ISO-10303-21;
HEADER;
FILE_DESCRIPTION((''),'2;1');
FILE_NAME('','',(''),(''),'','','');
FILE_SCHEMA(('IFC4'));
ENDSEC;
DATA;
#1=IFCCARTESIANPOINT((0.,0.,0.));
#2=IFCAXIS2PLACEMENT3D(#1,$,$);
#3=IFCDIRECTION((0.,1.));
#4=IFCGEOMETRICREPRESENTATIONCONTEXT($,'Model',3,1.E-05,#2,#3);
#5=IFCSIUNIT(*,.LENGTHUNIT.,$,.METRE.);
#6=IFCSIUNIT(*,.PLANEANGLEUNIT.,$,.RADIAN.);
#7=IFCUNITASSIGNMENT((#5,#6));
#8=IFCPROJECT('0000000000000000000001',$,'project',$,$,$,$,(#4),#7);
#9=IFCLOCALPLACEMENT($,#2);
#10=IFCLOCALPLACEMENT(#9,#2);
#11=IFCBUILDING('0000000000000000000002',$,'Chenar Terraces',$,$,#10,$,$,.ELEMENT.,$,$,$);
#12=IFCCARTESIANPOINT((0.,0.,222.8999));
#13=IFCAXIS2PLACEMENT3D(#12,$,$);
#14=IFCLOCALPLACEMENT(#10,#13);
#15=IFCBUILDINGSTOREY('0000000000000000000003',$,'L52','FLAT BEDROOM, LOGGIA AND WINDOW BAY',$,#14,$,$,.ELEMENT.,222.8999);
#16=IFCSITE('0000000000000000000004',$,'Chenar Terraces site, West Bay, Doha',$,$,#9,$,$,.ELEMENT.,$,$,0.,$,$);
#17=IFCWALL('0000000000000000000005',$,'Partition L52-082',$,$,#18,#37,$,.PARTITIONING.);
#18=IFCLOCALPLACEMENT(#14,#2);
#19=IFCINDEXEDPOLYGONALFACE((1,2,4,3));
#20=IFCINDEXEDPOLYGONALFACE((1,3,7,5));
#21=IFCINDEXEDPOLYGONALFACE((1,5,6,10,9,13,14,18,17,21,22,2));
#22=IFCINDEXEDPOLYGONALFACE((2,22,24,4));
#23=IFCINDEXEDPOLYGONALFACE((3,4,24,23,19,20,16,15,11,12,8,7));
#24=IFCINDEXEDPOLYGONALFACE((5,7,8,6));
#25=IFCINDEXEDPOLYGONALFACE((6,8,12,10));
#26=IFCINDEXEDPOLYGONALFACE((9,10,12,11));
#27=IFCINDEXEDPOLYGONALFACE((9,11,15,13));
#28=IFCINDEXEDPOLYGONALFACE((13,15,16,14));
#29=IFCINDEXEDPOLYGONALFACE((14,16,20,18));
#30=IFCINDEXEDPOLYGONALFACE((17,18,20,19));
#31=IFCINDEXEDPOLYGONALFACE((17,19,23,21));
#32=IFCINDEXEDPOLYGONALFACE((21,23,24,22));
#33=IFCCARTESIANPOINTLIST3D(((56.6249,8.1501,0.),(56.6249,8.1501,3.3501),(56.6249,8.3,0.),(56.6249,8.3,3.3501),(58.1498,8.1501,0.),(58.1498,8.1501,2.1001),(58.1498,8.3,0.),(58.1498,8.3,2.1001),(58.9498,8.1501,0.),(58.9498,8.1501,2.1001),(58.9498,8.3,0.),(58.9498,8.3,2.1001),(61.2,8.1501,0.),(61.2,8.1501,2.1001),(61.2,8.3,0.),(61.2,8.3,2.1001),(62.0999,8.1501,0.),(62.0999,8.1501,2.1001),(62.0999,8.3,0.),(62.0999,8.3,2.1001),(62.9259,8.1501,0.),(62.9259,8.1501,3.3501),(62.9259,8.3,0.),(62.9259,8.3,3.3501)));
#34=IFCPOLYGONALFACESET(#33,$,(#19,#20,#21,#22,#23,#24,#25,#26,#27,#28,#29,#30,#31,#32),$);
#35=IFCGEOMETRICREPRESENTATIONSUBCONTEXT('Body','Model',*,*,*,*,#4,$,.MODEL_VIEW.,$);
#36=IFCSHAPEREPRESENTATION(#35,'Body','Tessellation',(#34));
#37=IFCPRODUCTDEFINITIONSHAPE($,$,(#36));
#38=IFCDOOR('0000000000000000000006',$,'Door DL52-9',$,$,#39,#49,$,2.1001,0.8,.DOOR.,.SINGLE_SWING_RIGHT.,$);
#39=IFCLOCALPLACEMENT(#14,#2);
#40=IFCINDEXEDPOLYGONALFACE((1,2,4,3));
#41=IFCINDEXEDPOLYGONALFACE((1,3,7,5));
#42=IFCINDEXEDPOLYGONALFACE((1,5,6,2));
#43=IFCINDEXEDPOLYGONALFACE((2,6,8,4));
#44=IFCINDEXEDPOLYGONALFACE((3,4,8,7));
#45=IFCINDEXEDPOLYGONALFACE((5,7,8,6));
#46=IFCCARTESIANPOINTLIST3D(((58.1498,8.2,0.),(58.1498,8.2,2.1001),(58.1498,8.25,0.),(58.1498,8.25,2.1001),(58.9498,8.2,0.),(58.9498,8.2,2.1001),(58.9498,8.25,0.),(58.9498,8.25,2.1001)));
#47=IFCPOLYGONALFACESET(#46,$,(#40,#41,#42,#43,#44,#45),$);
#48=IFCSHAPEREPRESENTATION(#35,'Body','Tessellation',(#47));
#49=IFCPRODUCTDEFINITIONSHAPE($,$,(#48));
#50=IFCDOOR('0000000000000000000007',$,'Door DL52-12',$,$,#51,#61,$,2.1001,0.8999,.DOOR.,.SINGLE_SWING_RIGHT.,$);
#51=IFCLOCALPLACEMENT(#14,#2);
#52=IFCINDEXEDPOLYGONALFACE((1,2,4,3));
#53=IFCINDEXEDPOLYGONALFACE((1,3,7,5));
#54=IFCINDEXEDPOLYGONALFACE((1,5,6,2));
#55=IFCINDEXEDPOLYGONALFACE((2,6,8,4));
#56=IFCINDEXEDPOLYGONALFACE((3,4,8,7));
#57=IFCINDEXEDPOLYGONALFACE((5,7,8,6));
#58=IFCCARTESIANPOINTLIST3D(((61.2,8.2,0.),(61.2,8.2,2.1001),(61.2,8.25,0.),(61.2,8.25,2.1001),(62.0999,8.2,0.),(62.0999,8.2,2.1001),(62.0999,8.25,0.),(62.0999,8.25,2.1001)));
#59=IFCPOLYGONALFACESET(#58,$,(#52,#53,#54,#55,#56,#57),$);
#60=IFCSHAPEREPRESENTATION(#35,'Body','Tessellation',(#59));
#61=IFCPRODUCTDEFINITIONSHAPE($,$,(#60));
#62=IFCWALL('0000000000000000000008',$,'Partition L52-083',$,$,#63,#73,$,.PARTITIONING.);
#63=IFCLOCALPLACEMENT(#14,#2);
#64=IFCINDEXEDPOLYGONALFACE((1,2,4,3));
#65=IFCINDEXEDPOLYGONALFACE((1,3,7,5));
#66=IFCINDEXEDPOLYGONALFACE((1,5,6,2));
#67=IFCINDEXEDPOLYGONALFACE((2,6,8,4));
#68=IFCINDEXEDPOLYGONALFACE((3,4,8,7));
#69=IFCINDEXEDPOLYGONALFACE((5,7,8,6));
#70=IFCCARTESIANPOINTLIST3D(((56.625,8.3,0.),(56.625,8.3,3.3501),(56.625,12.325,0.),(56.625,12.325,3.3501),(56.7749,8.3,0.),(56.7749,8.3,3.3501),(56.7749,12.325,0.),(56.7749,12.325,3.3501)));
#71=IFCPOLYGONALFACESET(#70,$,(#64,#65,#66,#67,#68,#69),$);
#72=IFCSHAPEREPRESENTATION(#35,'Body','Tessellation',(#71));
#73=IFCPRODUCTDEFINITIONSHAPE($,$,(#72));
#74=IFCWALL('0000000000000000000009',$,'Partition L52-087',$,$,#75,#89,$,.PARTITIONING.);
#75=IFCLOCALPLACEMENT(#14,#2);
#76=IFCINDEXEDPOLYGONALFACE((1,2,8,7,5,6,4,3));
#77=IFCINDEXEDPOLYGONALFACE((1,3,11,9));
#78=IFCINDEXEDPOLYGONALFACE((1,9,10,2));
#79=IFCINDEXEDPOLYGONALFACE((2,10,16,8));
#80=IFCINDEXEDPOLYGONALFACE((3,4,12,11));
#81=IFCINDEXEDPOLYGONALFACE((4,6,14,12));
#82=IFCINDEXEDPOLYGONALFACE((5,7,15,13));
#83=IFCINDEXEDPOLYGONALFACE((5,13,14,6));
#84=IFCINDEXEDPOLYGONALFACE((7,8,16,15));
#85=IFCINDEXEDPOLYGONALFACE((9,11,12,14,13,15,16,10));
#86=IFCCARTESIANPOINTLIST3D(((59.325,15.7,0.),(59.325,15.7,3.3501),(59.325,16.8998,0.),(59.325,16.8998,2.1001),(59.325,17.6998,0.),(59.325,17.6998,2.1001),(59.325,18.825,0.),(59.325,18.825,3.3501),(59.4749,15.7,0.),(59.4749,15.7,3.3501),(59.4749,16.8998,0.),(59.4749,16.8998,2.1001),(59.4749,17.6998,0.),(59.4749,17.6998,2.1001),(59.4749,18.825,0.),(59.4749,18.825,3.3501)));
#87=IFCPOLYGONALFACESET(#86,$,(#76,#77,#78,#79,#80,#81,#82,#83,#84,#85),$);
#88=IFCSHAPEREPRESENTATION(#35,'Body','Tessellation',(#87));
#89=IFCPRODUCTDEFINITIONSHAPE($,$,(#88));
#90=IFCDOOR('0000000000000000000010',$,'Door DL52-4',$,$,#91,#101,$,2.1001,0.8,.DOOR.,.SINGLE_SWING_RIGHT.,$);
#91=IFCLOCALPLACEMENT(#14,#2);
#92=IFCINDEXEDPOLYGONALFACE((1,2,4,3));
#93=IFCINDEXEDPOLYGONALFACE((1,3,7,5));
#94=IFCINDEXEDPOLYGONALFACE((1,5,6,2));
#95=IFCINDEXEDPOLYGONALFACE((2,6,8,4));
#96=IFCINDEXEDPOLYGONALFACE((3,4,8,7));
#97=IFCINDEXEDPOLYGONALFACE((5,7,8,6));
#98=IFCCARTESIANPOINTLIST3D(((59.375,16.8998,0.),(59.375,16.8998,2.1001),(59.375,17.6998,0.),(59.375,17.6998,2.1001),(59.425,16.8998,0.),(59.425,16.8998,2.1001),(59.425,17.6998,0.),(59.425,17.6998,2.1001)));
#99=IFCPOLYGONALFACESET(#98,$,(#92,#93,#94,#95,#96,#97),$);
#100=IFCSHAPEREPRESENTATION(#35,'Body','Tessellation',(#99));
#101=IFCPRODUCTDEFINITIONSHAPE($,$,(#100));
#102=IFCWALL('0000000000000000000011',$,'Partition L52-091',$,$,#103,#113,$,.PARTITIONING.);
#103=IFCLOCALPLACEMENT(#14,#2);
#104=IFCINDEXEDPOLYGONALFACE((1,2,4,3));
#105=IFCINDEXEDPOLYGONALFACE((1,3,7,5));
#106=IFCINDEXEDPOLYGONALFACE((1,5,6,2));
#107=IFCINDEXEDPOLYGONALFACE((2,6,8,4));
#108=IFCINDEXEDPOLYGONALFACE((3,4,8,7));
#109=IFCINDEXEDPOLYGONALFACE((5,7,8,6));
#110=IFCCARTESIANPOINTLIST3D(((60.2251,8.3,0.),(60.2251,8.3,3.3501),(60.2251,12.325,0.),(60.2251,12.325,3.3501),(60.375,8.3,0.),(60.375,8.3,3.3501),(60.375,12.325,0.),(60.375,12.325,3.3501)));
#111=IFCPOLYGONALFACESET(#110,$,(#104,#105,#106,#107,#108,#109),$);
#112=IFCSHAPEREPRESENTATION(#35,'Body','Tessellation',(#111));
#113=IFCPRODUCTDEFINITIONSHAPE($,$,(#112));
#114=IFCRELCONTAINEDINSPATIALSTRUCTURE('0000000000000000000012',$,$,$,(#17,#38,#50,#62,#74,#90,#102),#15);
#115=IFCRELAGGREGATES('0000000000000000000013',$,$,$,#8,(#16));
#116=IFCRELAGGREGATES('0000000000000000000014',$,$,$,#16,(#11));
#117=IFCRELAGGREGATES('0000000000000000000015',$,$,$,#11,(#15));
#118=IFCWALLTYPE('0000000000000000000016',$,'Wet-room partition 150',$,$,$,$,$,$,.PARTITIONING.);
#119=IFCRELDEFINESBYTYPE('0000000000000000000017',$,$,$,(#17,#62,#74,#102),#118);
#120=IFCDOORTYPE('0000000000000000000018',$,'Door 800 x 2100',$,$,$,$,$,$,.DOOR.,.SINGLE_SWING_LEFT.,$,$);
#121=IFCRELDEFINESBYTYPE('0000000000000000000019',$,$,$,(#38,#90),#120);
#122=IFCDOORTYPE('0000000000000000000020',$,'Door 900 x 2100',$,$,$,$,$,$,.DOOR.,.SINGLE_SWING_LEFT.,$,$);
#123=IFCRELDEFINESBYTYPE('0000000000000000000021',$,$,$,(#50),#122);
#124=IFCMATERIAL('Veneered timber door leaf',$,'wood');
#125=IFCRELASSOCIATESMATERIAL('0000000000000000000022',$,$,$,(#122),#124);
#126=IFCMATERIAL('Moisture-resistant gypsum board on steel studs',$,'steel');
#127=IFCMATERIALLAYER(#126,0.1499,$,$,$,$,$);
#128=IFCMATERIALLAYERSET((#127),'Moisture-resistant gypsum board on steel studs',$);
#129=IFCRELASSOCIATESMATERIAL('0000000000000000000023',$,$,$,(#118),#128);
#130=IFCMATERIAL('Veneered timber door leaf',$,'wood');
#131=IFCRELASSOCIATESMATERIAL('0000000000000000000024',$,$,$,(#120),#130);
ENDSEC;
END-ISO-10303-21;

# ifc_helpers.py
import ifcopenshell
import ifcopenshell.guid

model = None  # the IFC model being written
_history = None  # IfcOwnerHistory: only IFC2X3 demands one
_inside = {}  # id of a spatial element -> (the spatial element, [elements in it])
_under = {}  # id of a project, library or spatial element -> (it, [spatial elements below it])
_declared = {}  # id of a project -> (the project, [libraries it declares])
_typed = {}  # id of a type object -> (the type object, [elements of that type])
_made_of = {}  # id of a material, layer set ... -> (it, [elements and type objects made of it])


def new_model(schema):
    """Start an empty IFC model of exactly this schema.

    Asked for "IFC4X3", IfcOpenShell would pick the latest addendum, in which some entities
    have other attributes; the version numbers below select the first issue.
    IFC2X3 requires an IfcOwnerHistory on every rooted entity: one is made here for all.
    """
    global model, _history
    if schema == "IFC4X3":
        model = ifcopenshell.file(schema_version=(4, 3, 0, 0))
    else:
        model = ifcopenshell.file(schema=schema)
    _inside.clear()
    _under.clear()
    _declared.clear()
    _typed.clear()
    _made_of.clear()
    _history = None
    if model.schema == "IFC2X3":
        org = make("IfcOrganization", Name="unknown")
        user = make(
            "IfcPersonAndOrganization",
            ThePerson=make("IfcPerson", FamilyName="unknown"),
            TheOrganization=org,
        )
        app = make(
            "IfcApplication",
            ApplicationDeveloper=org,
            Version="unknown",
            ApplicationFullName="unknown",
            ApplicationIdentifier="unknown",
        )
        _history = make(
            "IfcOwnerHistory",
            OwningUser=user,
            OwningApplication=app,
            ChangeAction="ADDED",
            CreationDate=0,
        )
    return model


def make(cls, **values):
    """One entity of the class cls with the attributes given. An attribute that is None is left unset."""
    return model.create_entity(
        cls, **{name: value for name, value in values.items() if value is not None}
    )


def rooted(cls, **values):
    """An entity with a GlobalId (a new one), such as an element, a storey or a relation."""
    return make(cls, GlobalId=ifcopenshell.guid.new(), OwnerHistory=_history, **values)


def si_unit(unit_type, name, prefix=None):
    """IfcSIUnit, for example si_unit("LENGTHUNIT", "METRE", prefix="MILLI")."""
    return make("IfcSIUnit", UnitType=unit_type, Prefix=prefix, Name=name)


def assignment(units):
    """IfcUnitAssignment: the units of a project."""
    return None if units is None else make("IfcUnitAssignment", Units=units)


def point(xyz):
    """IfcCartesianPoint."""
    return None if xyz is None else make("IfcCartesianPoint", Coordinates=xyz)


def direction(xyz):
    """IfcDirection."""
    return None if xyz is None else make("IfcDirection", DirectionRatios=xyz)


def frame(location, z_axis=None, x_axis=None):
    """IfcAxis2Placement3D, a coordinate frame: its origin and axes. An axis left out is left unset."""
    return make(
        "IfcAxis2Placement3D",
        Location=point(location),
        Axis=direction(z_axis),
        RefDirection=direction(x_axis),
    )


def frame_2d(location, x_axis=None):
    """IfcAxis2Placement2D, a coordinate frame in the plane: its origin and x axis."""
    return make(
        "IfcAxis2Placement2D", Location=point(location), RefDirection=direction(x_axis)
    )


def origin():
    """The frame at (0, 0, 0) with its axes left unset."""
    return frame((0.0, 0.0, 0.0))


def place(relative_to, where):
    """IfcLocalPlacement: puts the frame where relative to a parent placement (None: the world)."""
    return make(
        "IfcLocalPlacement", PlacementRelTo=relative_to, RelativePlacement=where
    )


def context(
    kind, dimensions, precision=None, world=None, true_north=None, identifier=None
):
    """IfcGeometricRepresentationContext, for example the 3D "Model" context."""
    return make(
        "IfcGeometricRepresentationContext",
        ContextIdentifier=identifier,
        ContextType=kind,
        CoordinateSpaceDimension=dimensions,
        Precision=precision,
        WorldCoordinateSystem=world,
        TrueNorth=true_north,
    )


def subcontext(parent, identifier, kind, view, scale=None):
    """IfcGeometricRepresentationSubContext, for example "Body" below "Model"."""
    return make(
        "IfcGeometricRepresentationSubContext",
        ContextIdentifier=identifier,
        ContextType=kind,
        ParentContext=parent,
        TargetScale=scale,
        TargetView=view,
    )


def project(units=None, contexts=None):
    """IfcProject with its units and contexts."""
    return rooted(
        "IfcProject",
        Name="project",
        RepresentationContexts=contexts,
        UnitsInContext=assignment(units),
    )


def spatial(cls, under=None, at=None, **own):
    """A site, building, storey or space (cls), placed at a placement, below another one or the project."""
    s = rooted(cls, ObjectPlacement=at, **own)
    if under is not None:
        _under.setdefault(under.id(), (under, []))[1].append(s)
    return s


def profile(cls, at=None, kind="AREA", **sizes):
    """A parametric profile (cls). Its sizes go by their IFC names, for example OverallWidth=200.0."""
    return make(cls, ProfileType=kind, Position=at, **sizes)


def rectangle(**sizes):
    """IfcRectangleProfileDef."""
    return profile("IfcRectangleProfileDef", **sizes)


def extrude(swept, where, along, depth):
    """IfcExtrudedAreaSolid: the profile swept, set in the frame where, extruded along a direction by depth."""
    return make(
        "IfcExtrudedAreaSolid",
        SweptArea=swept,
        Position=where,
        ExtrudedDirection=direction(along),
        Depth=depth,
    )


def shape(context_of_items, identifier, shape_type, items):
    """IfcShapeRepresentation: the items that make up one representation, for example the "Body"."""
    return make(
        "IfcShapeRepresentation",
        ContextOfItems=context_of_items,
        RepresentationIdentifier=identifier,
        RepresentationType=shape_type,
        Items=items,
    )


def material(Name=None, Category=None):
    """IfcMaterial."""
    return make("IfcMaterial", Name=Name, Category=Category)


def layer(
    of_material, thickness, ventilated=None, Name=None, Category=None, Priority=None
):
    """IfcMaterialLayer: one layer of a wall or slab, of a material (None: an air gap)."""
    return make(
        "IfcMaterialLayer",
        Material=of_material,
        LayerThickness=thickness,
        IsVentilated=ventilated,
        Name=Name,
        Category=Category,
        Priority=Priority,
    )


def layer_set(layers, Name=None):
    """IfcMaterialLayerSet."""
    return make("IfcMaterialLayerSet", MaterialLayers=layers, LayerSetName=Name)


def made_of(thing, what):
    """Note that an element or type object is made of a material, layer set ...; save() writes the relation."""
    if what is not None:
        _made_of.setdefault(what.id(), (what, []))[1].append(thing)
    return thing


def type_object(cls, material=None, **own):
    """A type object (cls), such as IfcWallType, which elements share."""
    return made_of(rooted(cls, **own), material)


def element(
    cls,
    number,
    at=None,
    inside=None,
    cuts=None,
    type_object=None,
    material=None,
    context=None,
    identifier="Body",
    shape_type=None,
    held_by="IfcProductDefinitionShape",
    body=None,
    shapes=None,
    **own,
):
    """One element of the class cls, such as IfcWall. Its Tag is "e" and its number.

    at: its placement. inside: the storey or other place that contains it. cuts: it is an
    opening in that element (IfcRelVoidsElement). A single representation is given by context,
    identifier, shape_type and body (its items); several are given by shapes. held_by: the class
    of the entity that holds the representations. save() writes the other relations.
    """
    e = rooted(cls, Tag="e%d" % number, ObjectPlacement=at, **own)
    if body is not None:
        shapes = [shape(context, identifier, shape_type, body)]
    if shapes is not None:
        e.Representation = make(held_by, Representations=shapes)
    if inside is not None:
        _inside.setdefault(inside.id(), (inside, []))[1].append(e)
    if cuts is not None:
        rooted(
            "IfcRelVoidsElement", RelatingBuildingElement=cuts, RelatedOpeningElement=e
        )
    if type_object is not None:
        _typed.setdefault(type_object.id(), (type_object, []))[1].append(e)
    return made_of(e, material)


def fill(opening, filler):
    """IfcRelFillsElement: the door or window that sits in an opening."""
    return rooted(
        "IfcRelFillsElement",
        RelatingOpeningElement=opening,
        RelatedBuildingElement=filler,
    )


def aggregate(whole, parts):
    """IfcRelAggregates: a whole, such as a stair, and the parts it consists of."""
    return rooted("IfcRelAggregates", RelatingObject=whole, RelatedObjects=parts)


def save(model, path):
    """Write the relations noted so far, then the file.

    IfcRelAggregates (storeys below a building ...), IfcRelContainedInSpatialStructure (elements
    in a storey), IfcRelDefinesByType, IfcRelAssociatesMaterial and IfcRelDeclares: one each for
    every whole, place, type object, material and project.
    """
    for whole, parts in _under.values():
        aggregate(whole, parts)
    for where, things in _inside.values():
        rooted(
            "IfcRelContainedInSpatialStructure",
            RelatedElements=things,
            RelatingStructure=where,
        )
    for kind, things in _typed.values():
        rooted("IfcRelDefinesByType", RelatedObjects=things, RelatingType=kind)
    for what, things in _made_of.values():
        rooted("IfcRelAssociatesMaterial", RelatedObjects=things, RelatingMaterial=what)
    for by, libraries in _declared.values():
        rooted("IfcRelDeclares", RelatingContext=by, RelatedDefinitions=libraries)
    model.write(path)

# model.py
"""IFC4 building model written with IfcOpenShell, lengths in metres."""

from ifc_helpers import new_model, si_unit, direction, frame, frame_2d, origin, place, context, subcontext, project, spatial, rectangle, extrude, material, layer, layer_set, type_object, element, fill, save


model = new_model("IFC4")

# Units and contexts
model_context = context("Model", 3, precision=1e-05, world=origin(), true_north=direction((0.0, 1.0)))
body_context = subcontext(model_context, "Body", "Model", "MODEL_VIEW")
ifc_project = project(units=[si_unit("LENGTHUNIT", "METRE"), si_unit("PLANEANGLEUNIT", "RADIAN")], contexts=[model_context])

# Site, building, storey
site_placement = place(None, origin())
site = spatial("IfcSite", under=ifc_project, at=site_placement, Name="Chenar Terraces site, West Bay, Doha", CompositionType="ELEMENT", RefElevation=0.0)
building_placement = place(site_placement, origin())
building = spatial("IfcBuilding", under=site, at=building_placement, Name="Chenar Terraces", CompositionType="ELEMENT")
storey_placement = place(building_placement, frame((0.0, 0.0, 222.8999)))
storey = spatial("IfcBuildingStorey", under=building, at=storey_placement, Name="L52", Description="FLAT BEDROOM, LOGGIA AND WINDOW BAY", CompositionType="ELEMENT", Elevation=222.8999)

# Shared definitions
ifc_material_1 = material(Name="Veneered timber door leaf", Category="wood")
door_type_1 = type_object("IfcDoorType", Name="Door 900 x 2100", OperationType="SINGLE_SWING_LEFT", PredefinedType="DOOR", material=ifc_material_1)

# Shared definitions
ifc_material_2 = material(Name="Moisture-resistant gypsum board on steel studs", Category="steel")
ifc_layer_1 = layer(ifc_material_2, 0.1499)
ifc_layer_set_1 = layer_set([ifc_layer_1], Name="Moisture-resistant gypsum board on steel studs")
wall_type_1 = type_object("IfcWallType", Name="Wet-room partition 150", PredefinedType="PARTITIONING", material=ifc_layer_set_1)

# Wall, openings, doors
wall_1_placement = place(storey_placement, frame((56.625, 8.2251, 0.0), z_axis=(0.0, 0.0, 1.0), x_axis=(1.0, 0.0, 0.0)))
wall_1 = element("IfcWall", 1, at=wall_1_placement, inside=storey, type_object=wall_type_1, Name="Partition L52-082", PredefinedType="PARTITIONING", context=body_context, shape_type="SweptSolid", body=[
    extrude(rectangle(XDim=6.301, YDim=0.1499, at=frame_2d((3.1504, 0.0))), origin(), (0.0, 0.0, 1.0), 3.3501),
])
opening_1_placement = place(wall_1_placement, frame((1.5249, 0.0, 0.0)))
opening_1 = element("IfcOpeningElement", 2, at=opening_1_placement, cuts=wall_1, PredefinedType="OPENING", context=body_context, shape_type="SweptSolid", body=[
    extrude(rectangle(XDim=0.8, YDim=2.1001, at=frame_2d((0.3999, 1.05))), frame((0.0, 0.085, 0.0), z_axis=(0.0, -1.0, 0.0), x_axis=(1.0, 0.0, 0.0)), (0.0, 0.0, 1.0), 0.1699),
])
opening_2_placement = place(wall_1_placement, frame((4.575, 0.0, 0.0)))
opening_2 = element("IfcOpeningElement", 3, at=opening_2_placement, cuts=wall_1, PredefinedType="OPENING", context=body_context, shape_type="SweptSolid", body=[
    extrude(rectangle(XDim=0.8999, YDim=2.1001, at=frame_2d((0.45, 1.05))), frame((0.0, 0.085, 0.0), z_axis=(0.0, -1.0, 0.0), x_axis=(1.0, 0.0, 0.0)), (0.0, 0.0, 1.0), 0.1699),
])
ifc_material_3 = material(Name="Veneered timber door leaf", Category="wood")
door_type_2 = type_object("IfcDoorType", Name="Door 800 x 2100", OperationType="SINGLE_SWING_LEFT", PredefinedType="DOOR", material=ifc_material_3)
door_1_placement = place(opening_1_placement, origin())
door_1 = element("IfcDoor", 4, at=door_1_placement, inside=storey, type_object=door_type_2, Name="Door DL52-9", OperationType="SINGLE_SWING_RIGHT", OverallHeight=2.1001, OverallWidth=0.8, PredefinedType="DOOR", context=body_context, shape_type="SweptSolid", body=[
    extrude(rectangle(XDim=0.8, YDim=2.1001, at=frame_2d((0.3999, 1.05))), frame((0.0, 0.0249, 0.0), z_axis=(0.0, -1.0, 0.0), x_axis=(1.0, 0.0, 0.0)), (0.0, 0.0, 1.0), 0.05),
])
fill(opening_1, door_1)
door_2_placement = place(opening_2_placement, origin())
door_2 = element("IfcDoor", 5, at=door_2_placement, inside=storey, type_object=door_type_1, Name="Door DL52-12", OperationType="SINGLE_SWING_RIGHT", OverallHeight=2.1001, OverallWidth=0.8999, PredefinedType="DOOR", context=body_context, shape_type="SweptSolid", body=[
    extrude(rectangle(XDim=0.8999, YDim=2.1001, at=frame_2d((0.45, 1.05))), frame((0.0, 0.0249, 0.0), z_axis=(0.0, -1.0, 0.0), x_axis=(1.0, 0.0, 0.0)), (0.0, 0.0, 1.0), 0.05),
])
fill(opening_2, door_2)

# Wall
wall_2_placement = place(storey_placement, frame((56.7, 8.3, 0.0), z_axis=(0.0, 0.0, 1.0), x_axis=(0.0, 1.0, 0.0)))
element("IfcWall", 6, at=wall_2_placement, inside=storey, type_object=wall_type_1, Name="Partition L52-083", PredefinedType="PARTITIONING", context=body_context, shape_type="SweptSolid", body=[
    extrude(rectangle(XDim=4.0249, YDim=0.1499, at=frame_2d((2.0125, 0.0))), origin(), (0.0, 0.0, 1.0), 3.3501),
])

# Wall, opening, door
wall_3_placement = place(storey_placement, frame((59.3999, 15.7, 0.0), z_axis=(0.0, 0.0, 1.0), x_axis=(0.0, 1.0, 0.0)))
wall_3 = element("IfcWall", 7, at=wall_3_placement, inside=storey, type_object=wall_type_1, Name="Partition L52-087", PredefinedType="PARTITIONING", context=body_context, shape_type="SweptSolid", body=[
    extrude(rectangle(XDim=3.125, YDim=0.1499, at=frame_2d((1.5625, 0.0))), origin(), (0.0, 0.0, 1.0), 3.3501),
])
opening_3_placement = place(wall_3_placement, frame((1.2, 0.0, 0.0)))
opening_3 = element("IfcOpeningElement", 8, at=opening_3_placement, cuts=wall_3, PredefinedType="OPENING", context=body_context, shape_type="SweptSolid", body=[
    extrude(rectangle(XDim=0.8, YDim=2.1001, at=frame_2d((0.3999, 1.05))), frame((0.0, 0.085, 0.0), z_axis=(0.0, -1.0, 0.0), x_axis=(1.0, 0.0, 0.0)), (0.0, 0.0, 1.0), 0.1699),
])
door_3_placement = place(opening_3_placement, origin())
door_3 = element("IfcDoor", 9, at=door_3_placement, inside=storey, type_object=door_type_2, Name="Door DL52-4", OperationType="SINGLE_SWING_RIGHT", OverallHeight=2.1001, OverallWidth=0.8, PredefinedType="DOOR", context=body_context, shape_type="SweptSolid", body=[
    extrude(rectangle(XDim=0.8, YDim=2.1001, at=frame_2d((0.3999, 1.05))), frame((0.0, 0.0249, 0.0), z_axis=(0.0, -1.0, 0.0), x_axis=(1.0, 0.0, 0.0)), (0.0, 0.0, 1.0), 0.05),
])
fill(opening_3, door_3)

# Wall
wall_4_placement = place(storey_placement, frame((60.3, 8.3, 0.0), z_axis=(0.0, 0.0, 1.0), x_axis=(0.0, 1.0, 0.0)))
element("IfcWall", 10, at=wall_4_placement, inside=storey, type_object=wall_type_1, Name="Partition L52-091", PredefinedType="PARTITIONING", context=body_context, shape_type="SweptSolid", body=[
    extrude(rectangle(XDim=4.0249, YDim=0.1499, at=frame_2d((2.0125, 0.0))), origin(), (0.0, 0.0, 1.0), 3.3501),
])

save(model, "model.ifc")
